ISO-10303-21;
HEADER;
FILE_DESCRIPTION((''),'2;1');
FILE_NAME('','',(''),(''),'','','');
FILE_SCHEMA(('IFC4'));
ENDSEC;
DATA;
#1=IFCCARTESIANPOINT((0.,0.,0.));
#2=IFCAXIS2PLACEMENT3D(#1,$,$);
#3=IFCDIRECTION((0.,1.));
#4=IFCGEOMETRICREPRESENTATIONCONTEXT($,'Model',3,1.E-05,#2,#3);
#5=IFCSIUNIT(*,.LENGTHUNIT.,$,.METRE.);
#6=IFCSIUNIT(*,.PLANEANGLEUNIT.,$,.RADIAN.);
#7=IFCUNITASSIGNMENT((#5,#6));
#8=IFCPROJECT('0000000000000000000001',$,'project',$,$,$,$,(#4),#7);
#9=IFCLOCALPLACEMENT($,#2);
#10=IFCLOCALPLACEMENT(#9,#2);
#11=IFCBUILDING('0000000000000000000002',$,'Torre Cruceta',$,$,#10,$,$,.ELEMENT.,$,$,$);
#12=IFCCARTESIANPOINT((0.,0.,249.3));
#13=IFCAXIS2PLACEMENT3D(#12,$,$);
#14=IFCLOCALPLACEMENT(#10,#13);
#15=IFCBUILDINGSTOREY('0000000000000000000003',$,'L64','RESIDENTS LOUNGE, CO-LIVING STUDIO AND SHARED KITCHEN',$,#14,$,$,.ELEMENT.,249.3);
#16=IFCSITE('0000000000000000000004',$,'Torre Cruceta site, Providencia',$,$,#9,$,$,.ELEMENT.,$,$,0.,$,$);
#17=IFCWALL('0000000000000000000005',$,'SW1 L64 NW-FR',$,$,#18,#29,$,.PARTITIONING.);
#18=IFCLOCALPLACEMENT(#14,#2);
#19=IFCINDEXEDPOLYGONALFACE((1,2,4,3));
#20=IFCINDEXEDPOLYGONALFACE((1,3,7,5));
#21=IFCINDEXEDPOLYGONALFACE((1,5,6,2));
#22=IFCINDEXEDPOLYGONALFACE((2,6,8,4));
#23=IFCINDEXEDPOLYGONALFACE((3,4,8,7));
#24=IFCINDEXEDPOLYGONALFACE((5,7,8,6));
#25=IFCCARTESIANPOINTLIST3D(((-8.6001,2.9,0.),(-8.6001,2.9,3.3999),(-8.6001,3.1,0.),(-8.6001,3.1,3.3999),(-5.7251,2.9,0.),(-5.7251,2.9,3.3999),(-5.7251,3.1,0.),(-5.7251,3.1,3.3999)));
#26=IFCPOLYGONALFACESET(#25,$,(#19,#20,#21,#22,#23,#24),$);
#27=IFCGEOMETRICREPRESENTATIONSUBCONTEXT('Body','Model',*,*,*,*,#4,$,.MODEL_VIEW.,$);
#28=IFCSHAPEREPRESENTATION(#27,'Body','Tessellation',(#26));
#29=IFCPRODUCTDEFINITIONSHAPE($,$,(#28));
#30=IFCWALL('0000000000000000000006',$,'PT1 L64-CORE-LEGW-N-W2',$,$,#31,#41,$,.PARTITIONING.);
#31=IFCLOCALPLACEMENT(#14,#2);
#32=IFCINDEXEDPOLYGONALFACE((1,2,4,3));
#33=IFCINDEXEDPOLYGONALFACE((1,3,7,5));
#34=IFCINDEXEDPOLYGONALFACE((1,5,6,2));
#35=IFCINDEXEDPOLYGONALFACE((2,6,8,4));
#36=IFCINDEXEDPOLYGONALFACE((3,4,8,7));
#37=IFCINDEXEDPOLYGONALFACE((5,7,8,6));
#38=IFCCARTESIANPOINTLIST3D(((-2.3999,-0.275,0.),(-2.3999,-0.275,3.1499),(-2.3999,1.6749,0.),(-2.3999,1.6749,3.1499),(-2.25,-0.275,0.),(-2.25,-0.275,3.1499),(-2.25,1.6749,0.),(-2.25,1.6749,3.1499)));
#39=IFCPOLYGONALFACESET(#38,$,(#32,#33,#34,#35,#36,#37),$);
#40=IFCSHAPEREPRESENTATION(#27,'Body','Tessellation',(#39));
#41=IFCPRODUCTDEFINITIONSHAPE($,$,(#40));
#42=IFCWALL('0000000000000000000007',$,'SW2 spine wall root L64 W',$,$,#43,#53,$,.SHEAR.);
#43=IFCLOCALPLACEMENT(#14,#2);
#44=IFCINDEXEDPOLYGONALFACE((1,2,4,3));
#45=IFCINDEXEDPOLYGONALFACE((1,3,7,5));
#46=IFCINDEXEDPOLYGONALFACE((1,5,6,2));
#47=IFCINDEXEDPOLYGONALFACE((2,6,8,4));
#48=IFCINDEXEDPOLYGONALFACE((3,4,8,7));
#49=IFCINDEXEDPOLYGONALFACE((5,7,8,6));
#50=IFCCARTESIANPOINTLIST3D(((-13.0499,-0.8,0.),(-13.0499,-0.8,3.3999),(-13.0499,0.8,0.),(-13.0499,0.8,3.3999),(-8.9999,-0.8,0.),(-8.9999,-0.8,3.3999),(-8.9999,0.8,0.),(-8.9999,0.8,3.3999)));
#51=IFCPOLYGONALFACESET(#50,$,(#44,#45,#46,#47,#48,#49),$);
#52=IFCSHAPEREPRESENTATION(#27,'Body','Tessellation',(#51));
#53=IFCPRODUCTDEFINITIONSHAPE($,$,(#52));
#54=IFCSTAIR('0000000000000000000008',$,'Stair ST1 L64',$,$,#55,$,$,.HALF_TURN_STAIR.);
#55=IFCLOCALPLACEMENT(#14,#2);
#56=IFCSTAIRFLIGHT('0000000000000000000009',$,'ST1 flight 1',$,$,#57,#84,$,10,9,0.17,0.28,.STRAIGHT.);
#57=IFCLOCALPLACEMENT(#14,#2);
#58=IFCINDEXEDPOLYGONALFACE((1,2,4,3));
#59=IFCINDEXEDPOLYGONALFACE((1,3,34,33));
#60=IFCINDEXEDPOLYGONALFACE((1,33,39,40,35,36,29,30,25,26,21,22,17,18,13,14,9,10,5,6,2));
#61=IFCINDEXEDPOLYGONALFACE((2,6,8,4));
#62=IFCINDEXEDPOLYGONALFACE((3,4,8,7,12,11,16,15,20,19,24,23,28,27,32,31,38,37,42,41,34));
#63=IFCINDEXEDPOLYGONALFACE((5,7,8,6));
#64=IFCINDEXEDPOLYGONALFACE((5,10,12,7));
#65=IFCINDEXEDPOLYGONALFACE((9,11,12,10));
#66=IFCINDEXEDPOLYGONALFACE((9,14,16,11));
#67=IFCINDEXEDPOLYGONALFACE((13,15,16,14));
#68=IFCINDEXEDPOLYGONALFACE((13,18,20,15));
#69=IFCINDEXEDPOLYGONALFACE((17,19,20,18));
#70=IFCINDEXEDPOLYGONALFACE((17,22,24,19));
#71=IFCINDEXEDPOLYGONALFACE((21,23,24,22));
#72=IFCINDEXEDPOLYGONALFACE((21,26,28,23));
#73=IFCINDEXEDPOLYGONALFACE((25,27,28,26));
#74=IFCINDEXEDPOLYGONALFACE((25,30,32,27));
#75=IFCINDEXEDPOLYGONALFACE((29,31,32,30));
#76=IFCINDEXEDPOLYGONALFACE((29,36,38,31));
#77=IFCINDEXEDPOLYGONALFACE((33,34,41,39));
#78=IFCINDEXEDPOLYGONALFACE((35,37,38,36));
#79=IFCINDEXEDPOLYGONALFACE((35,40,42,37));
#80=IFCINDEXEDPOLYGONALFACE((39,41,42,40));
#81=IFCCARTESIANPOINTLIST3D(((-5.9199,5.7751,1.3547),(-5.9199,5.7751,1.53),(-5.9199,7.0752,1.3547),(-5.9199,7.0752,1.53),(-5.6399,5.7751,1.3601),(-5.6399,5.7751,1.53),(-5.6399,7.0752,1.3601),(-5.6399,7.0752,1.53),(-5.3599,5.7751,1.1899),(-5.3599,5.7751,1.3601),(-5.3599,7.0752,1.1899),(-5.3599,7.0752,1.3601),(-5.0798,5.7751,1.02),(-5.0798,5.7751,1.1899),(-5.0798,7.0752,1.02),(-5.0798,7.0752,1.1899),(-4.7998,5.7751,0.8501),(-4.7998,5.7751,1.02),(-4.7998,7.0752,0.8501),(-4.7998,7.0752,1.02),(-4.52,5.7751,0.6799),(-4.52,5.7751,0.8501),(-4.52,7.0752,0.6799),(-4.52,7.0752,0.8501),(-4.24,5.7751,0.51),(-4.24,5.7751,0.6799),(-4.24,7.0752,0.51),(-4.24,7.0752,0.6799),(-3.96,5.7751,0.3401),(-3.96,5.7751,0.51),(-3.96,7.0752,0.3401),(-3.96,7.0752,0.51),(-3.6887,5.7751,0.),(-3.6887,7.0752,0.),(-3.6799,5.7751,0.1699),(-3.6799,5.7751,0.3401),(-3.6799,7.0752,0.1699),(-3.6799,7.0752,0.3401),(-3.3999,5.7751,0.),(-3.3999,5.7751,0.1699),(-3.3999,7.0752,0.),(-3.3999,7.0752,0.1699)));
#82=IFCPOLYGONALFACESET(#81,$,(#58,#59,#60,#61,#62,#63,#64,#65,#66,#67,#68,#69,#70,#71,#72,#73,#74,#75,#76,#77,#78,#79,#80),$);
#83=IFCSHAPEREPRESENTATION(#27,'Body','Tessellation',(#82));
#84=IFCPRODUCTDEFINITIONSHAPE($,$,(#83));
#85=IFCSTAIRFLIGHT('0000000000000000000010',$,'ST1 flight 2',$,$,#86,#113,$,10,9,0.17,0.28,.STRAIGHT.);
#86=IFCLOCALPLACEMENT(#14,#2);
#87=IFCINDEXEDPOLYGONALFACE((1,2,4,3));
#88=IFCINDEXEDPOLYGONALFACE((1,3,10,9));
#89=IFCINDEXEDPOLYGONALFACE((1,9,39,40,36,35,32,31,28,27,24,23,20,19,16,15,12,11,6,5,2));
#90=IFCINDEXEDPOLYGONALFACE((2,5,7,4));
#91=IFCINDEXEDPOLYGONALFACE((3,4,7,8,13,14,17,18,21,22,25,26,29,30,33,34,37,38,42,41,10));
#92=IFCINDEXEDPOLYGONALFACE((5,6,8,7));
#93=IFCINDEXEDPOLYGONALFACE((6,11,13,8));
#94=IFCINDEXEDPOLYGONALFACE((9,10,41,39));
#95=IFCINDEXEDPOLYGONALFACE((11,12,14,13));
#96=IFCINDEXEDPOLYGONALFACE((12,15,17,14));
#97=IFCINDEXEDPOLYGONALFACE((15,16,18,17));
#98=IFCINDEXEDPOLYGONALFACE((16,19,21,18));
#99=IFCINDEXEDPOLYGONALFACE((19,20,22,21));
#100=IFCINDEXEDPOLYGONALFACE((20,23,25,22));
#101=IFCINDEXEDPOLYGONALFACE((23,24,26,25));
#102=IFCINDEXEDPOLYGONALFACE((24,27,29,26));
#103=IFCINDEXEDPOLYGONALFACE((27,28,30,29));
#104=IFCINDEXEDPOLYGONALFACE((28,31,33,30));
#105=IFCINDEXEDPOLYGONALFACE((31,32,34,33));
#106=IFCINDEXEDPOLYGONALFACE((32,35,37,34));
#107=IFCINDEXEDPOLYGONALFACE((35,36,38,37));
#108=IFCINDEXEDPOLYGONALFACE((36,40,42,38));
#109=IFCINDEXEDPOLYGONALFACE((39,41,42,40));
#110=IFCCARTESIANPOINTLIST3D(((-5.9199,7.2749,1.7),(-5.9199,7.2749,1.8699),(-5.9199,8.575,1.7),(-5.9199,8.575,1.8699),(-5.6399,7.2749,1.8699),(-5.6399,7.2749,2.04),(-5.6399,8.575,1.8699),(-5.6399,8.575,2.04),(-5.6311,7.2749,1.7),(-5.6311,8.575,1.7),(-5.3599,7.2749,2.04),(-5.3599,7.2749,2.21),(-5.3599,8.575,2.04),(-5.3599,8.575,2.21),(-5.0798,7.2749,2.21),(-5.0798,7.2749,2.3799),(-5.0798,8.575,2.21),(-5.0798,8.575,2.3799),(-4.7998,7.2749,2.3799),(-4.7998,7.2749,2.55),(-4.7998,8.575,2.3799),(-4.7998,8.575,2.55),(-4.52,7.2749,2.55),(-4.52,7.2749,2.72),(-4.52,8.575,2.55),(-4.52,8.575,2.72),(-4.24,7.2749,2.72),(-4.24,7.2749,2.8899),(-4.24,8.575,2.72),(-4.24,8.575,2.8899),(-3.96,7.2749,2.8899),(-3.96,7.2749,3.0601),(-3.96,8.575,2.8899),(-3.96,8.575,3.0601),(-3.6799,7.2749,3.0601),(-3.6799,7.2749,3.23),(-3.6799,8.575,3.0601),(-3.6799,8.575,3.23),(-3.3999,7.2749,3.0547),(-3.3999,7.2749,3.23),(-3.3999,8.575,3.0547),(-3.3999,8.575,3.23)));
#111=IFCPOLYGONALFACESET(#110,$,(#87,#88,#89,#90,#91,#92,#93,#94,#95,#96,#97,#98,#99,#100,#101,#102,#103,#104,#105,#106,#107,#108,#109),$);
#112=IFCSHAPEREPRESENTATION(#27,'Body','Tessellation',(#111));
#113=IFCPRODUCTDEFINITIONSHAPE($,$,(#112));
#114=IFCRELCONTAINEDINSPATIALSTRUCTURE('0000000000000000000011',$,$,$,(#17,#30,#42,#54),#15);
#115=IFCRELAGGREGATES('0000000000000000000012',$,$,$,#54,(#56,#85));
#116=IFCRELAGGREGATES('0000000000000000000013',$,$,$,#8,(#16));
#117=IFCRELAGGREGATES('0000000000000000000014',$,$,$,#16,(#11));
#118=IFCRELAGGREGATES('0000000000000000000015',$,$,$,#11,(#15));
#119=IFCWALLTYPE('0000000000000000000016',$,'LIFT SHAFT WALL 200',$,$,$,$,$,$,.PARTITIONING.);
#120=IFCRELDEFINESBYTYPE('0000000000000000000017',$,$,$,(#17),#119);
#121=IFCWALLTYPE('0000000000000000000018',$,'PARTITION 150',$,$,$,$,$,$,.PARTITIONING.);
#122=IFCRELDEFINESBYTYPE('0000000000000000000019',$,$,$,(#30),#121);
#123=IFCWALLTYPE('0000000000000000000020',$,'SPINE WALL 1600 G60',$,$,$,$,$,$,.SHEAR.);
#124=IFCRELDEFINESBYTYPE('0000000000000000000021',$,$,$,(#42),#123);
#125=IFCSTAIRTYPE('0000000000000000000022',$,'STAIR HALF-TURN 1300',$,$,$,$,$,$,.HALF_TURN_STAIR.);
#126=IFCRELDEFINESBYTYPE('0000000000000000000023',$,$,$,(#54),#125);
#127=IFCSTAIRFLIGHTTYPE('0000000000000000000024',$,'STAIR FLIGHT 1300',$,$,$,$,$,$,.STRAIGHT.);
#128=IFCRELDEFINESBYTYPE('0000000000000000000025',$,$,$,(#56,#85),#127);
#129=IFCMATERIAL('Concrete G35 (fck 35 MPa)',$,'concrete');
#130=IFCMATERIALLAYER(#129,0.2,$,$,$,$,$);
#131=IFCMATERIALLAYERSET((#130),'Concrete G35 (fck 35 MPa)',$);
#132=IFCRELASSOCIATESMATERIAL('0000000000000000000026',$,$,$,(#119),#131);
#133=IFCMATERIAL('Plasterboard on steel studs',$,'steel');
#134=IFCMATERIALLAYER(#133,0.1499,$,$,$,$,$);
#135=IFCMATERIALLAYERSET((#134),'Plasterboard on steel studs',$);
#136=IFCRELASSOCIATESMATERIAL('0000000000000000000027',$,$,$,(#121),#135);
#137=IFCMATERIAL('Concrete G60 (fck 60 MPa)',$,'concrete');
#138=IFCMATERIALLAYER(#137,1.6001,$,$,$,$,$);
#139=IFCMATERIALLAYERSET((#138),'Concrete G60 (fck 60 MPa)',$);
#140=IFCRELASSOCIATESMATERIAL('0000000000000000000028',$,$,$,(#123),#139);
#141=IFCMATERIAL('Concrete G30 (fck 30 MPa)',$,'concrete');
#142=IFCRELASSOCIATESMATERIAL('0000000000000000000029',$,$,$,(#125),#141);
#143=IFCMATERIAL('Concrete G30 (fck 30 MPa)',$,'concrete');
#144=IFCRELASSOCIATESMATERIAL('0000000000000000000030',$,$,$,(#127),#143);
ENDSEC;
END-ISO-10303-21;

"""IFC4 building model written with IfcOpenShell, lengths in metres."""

from ifc_helpers import new_model, si_unit, direction, frame, frame_2d, origin, place, context, subcontext, project, spatial, polyline, rectangle, outline, extrude, material, layer, layer_set, type_object, element, aggregate, save


model = new_model("IFC4")

# Units and contexts
model_context = context("Model", 3, precision=1e-05, world=origin(), true_north=direction((0.0, 1.0)))
body_context = subcontext(model_context, "Body", "Model", "MODEL_VIEW")
ifc_project = project(units=[si_unit("LENGTHUNIT", "METRE"), si_unit("PLANEANGLEUNIT", "RADIAN")], contexts=[model_context])

# Site, building, storey
site_placement = place(None, origin())
site = spatial("IfcSite", under=ifc_project, at=site_placement, Name="Torre Cruceta site, Providencia", CompositionType="ELEMENT", RefElevation=0.0)
building_placement = place(site_placement, origin())
building = spatial("IfcBuilding", under=site, at=building_placement, Name="Torre Cruceta", CompositionType="ELEMENT")
storey_placement = place(building_placement, frame((0.0, 0.0, 249.3)))
storey = spatial("IfcBuildingStorey", under=building, at=storey_placement, Name="L64", Description="RESIDENTS LOUNGE, CO-LIVING STUDIO AND SHARED KITCHEN", CompositionType="ELEMENT", Elevation=249.3)

# Walls
ifc_material_1 = material(Name="Concrete G35 (fck 35 MPa)", Category="concrete")
ifc_layer_1 = layer(ifc_material_1, 0.2)
ifc_layer_set_1 = layer_set([ifc_layer_1], Name="Concrete G35 (fck 35 MPa)")
wall_type_1 = type_object("IfcWallType", Name="LIFT SHAFT WALL 200", PredefinedType="PARTITIONING", material=ifc_layer_set_1)
wall_1_placement = place(storey_placement, frame((-5.7251, 3.0, 0.0), z_axis=(0.0, 0.0, 1.0), x_axis=(-1.0, 0.0, 0.0)))
element("IfcWall", 1, at=wall_1_placement, inside=storey, type_object=wall_type_1, Name="SW1 L64 NW-FR", PredefinedType="PARTITIONING", context=body_context, shape_type="SweptSolid", body=[
    extrude(rectangle(XDim=2.875, YDim=0.2, at=frame_2d((1.4375, 0.0))), origin(), (0.0, 0.0, 1.0), 3.3999),
])
ifc_material_2 = material(Name="Plasterboard on steel studs", Category="steel")
ifc_layer_2 = layer(ifc_material_2, 0.1499)
ifc_layer_set_2 = layer_set([ifc_layer_2], Name="Plasterboard on steel studs")
wall_type_2 = type_object("IfcWallType", Name="PARTITION 150", PredefinedType="PARTITIONING", material=ifc_layer_set_2)
wall_2_placement = place(storey_placement, frame((-2.325, 1.675, 0.0), z_axis=(0.0, 0.0, 1.0), x_axis=(0.0, -1.0, 0.0)))
element("IfcWall", 2, at=wall_2_placement, inside=storey, type_object=wall_type_2, Name="PT1 L64-CORE-LEGW-N-W2", PredefinedType="PARTITIONING", context=body_context, shape_type="SweptSolid", body=[
    extrude(rectangle(XDim=1.95, YDim=0.1499, at=frame_2d((0.9751, 0.0))), origin(), (0.0, 0.0, 1.0), 3.1499),
])
ifc_material_3 = material(Name="Concrete G60 (fck 60 MPa)", Category="concrete")
ifc_layer_3 = layer(ifc_material_3, 1.6001)
ifc_layer_set_3 = layer_set([ifc_layer_3], Name="Concrete G60 (fck 60 MPa)")
wall_type_3 = type_object("IfcWallType", Name="SPINE WALL 1600 G60", PredefinedType="SHEAR", material=ifc_layer_set_3)
wall_3_placement = place(storey_placement, frame((-9.0, 0.0, 0.0), z_axis=(0.0, 0.0, 1.0), x_axis=(-1.0, 0.0, 0.0)))
element("IfcWall", 3, at=wall_3_placement, inside=storey, type_object=wall_type_3, Name="SW2 spine wall root L64 W", PredefinedType="SHEAR", context=body_context, shape_type="SweptSolid", body=[
    extrude(rectangle(XDim=4.05, YDim=1.6001, at=frame_2d((2.0249, 0.0))), origin(), (0.0, 0.0, 1.0), 3.3999),
])

# Stair, stair flights
ifc_material_4 = material(Name="Concrete G30 (fck 30 MPa)", Category="concrete")
stair_type = type_object("IfcStairType", Name="STAIR HALF-TURN 1300", PredefinedType="HALF_TURN_STAIR", material=ifc_material_4)
stair_placement = place(storey_placement, origin())
stair = element("IfcStair", 4, at=stair_placement, inside=storey, type_object=stair_type, Name="Stair ST1 L64", PredefinedType="HALF_TURN_STAIR")
ifc_material_5 = material(Name="Concrete G30 (fck 30 MPa)", Category="concrete")
stair_flight_type = type_object("IfcStairFlightType", Name="STAIR FLIGHT 1300", PredefinedType="STRAIGHT", material=ifc_material_5)
stair_flight_1_placement = place(storey_placement, frame((-3.3999, 6.425, 0.0), z_axis=(0.0, 0.0, 1.0), x_axis=(-1.0, 0.0, 0.0)))
stair_flight_1 = element("IfcStairFlight", 5, at=stair_flight_1_placement, type_object=stair_flight_type, Name="ST1 flight 1", NumberOfRisers=10, NumberOfTreads=9, PredefinedType="STRAIGHT", RiserHeight=0.17, TreadLength=0.28, context=body_context, shape_type="SweptSolid", body=[
    extrude(outline(polyline([(0.0, 0.0), (0.0, 0.1699), (0.28, 0.1699), (0.28, 0.3401), (0.5601, 0.3401), (0.5601, 0.51), (0.8401, 0.51), (0.8401, 0.6799), (1.1201, 0.6799), (1.1201, 0.8501), (1.3999, 0.8501), (1.3999, 1.02), (1.6799, 1.02), (1.6799, 1.1899), (1.96, 1.1899), (1.96, 1.3601), (2.24, 1.3601), (2.24, 1.53), (2.52, 1.53), (2.52, 1.7), (2.52, 1.3547), (0.2888, 0.0), (0.0, 0.0)])), frame((0.0, 0.6499, 0.0), z_axis=(0.0, -1.0, 0.0), x_axis=(1.0, 0.0, 0.0)), (0.0, 0.0, 1.0), 1.3),
])
stair_flight_2_placement = place(storey_placement, frame((-5.9199, 7.925, 1.7), z_axis=(0.0, 0.0, 1.0), x_axis=(1.0, 0.0, 0.0)))
stair_flight_2 = element("IfcStairFlight", 6, at=stair_flight_2_placement, type_object=stair_flight_type, Name="ST1 flight 2", NumberOfRisers=10, NumberOfTreads=9, PredefinedType="STRAIGHT", RiserHeight=0.17, TreadLength=0.28, context=body_context, shape_type="SweptSolid", body=[
    extrude(outline(polyline([(0.0, 0.0), (0.0, 0.1699), (0.28, 0.1699), (0.28, 0.3401), (0.5601, 0.3401), (0.5601, 0.51), (0.8401, 0.51), (0.8401, 0.6799), (1.1201, 0.6799), (1.1201, 0.8501), (1.3999, 0.8501), (1.3999, 1.02), (1.6799, 1.02), (1.6799, 1.1899), (1.96, 1.1899), (1.96, 1.3601), (2.24, 1.3601), (2.24, 1.53), (2.52, 1.53), (2.52, 1.7), (2.52, 1.3547), (0.2888, 0.0), (0.0, 0.0)])), frame((0.0, 0.6499, 0.0), z_axis=(0.0, -1.0, 0.0), x_axis=(1.0, 0.0, 0.0)), (0.0, 0.0, 1.0), 1.3),
])
aggregate(stair, [stair_flight_1, stair_flight_2])

save(model, "model.ifc")
